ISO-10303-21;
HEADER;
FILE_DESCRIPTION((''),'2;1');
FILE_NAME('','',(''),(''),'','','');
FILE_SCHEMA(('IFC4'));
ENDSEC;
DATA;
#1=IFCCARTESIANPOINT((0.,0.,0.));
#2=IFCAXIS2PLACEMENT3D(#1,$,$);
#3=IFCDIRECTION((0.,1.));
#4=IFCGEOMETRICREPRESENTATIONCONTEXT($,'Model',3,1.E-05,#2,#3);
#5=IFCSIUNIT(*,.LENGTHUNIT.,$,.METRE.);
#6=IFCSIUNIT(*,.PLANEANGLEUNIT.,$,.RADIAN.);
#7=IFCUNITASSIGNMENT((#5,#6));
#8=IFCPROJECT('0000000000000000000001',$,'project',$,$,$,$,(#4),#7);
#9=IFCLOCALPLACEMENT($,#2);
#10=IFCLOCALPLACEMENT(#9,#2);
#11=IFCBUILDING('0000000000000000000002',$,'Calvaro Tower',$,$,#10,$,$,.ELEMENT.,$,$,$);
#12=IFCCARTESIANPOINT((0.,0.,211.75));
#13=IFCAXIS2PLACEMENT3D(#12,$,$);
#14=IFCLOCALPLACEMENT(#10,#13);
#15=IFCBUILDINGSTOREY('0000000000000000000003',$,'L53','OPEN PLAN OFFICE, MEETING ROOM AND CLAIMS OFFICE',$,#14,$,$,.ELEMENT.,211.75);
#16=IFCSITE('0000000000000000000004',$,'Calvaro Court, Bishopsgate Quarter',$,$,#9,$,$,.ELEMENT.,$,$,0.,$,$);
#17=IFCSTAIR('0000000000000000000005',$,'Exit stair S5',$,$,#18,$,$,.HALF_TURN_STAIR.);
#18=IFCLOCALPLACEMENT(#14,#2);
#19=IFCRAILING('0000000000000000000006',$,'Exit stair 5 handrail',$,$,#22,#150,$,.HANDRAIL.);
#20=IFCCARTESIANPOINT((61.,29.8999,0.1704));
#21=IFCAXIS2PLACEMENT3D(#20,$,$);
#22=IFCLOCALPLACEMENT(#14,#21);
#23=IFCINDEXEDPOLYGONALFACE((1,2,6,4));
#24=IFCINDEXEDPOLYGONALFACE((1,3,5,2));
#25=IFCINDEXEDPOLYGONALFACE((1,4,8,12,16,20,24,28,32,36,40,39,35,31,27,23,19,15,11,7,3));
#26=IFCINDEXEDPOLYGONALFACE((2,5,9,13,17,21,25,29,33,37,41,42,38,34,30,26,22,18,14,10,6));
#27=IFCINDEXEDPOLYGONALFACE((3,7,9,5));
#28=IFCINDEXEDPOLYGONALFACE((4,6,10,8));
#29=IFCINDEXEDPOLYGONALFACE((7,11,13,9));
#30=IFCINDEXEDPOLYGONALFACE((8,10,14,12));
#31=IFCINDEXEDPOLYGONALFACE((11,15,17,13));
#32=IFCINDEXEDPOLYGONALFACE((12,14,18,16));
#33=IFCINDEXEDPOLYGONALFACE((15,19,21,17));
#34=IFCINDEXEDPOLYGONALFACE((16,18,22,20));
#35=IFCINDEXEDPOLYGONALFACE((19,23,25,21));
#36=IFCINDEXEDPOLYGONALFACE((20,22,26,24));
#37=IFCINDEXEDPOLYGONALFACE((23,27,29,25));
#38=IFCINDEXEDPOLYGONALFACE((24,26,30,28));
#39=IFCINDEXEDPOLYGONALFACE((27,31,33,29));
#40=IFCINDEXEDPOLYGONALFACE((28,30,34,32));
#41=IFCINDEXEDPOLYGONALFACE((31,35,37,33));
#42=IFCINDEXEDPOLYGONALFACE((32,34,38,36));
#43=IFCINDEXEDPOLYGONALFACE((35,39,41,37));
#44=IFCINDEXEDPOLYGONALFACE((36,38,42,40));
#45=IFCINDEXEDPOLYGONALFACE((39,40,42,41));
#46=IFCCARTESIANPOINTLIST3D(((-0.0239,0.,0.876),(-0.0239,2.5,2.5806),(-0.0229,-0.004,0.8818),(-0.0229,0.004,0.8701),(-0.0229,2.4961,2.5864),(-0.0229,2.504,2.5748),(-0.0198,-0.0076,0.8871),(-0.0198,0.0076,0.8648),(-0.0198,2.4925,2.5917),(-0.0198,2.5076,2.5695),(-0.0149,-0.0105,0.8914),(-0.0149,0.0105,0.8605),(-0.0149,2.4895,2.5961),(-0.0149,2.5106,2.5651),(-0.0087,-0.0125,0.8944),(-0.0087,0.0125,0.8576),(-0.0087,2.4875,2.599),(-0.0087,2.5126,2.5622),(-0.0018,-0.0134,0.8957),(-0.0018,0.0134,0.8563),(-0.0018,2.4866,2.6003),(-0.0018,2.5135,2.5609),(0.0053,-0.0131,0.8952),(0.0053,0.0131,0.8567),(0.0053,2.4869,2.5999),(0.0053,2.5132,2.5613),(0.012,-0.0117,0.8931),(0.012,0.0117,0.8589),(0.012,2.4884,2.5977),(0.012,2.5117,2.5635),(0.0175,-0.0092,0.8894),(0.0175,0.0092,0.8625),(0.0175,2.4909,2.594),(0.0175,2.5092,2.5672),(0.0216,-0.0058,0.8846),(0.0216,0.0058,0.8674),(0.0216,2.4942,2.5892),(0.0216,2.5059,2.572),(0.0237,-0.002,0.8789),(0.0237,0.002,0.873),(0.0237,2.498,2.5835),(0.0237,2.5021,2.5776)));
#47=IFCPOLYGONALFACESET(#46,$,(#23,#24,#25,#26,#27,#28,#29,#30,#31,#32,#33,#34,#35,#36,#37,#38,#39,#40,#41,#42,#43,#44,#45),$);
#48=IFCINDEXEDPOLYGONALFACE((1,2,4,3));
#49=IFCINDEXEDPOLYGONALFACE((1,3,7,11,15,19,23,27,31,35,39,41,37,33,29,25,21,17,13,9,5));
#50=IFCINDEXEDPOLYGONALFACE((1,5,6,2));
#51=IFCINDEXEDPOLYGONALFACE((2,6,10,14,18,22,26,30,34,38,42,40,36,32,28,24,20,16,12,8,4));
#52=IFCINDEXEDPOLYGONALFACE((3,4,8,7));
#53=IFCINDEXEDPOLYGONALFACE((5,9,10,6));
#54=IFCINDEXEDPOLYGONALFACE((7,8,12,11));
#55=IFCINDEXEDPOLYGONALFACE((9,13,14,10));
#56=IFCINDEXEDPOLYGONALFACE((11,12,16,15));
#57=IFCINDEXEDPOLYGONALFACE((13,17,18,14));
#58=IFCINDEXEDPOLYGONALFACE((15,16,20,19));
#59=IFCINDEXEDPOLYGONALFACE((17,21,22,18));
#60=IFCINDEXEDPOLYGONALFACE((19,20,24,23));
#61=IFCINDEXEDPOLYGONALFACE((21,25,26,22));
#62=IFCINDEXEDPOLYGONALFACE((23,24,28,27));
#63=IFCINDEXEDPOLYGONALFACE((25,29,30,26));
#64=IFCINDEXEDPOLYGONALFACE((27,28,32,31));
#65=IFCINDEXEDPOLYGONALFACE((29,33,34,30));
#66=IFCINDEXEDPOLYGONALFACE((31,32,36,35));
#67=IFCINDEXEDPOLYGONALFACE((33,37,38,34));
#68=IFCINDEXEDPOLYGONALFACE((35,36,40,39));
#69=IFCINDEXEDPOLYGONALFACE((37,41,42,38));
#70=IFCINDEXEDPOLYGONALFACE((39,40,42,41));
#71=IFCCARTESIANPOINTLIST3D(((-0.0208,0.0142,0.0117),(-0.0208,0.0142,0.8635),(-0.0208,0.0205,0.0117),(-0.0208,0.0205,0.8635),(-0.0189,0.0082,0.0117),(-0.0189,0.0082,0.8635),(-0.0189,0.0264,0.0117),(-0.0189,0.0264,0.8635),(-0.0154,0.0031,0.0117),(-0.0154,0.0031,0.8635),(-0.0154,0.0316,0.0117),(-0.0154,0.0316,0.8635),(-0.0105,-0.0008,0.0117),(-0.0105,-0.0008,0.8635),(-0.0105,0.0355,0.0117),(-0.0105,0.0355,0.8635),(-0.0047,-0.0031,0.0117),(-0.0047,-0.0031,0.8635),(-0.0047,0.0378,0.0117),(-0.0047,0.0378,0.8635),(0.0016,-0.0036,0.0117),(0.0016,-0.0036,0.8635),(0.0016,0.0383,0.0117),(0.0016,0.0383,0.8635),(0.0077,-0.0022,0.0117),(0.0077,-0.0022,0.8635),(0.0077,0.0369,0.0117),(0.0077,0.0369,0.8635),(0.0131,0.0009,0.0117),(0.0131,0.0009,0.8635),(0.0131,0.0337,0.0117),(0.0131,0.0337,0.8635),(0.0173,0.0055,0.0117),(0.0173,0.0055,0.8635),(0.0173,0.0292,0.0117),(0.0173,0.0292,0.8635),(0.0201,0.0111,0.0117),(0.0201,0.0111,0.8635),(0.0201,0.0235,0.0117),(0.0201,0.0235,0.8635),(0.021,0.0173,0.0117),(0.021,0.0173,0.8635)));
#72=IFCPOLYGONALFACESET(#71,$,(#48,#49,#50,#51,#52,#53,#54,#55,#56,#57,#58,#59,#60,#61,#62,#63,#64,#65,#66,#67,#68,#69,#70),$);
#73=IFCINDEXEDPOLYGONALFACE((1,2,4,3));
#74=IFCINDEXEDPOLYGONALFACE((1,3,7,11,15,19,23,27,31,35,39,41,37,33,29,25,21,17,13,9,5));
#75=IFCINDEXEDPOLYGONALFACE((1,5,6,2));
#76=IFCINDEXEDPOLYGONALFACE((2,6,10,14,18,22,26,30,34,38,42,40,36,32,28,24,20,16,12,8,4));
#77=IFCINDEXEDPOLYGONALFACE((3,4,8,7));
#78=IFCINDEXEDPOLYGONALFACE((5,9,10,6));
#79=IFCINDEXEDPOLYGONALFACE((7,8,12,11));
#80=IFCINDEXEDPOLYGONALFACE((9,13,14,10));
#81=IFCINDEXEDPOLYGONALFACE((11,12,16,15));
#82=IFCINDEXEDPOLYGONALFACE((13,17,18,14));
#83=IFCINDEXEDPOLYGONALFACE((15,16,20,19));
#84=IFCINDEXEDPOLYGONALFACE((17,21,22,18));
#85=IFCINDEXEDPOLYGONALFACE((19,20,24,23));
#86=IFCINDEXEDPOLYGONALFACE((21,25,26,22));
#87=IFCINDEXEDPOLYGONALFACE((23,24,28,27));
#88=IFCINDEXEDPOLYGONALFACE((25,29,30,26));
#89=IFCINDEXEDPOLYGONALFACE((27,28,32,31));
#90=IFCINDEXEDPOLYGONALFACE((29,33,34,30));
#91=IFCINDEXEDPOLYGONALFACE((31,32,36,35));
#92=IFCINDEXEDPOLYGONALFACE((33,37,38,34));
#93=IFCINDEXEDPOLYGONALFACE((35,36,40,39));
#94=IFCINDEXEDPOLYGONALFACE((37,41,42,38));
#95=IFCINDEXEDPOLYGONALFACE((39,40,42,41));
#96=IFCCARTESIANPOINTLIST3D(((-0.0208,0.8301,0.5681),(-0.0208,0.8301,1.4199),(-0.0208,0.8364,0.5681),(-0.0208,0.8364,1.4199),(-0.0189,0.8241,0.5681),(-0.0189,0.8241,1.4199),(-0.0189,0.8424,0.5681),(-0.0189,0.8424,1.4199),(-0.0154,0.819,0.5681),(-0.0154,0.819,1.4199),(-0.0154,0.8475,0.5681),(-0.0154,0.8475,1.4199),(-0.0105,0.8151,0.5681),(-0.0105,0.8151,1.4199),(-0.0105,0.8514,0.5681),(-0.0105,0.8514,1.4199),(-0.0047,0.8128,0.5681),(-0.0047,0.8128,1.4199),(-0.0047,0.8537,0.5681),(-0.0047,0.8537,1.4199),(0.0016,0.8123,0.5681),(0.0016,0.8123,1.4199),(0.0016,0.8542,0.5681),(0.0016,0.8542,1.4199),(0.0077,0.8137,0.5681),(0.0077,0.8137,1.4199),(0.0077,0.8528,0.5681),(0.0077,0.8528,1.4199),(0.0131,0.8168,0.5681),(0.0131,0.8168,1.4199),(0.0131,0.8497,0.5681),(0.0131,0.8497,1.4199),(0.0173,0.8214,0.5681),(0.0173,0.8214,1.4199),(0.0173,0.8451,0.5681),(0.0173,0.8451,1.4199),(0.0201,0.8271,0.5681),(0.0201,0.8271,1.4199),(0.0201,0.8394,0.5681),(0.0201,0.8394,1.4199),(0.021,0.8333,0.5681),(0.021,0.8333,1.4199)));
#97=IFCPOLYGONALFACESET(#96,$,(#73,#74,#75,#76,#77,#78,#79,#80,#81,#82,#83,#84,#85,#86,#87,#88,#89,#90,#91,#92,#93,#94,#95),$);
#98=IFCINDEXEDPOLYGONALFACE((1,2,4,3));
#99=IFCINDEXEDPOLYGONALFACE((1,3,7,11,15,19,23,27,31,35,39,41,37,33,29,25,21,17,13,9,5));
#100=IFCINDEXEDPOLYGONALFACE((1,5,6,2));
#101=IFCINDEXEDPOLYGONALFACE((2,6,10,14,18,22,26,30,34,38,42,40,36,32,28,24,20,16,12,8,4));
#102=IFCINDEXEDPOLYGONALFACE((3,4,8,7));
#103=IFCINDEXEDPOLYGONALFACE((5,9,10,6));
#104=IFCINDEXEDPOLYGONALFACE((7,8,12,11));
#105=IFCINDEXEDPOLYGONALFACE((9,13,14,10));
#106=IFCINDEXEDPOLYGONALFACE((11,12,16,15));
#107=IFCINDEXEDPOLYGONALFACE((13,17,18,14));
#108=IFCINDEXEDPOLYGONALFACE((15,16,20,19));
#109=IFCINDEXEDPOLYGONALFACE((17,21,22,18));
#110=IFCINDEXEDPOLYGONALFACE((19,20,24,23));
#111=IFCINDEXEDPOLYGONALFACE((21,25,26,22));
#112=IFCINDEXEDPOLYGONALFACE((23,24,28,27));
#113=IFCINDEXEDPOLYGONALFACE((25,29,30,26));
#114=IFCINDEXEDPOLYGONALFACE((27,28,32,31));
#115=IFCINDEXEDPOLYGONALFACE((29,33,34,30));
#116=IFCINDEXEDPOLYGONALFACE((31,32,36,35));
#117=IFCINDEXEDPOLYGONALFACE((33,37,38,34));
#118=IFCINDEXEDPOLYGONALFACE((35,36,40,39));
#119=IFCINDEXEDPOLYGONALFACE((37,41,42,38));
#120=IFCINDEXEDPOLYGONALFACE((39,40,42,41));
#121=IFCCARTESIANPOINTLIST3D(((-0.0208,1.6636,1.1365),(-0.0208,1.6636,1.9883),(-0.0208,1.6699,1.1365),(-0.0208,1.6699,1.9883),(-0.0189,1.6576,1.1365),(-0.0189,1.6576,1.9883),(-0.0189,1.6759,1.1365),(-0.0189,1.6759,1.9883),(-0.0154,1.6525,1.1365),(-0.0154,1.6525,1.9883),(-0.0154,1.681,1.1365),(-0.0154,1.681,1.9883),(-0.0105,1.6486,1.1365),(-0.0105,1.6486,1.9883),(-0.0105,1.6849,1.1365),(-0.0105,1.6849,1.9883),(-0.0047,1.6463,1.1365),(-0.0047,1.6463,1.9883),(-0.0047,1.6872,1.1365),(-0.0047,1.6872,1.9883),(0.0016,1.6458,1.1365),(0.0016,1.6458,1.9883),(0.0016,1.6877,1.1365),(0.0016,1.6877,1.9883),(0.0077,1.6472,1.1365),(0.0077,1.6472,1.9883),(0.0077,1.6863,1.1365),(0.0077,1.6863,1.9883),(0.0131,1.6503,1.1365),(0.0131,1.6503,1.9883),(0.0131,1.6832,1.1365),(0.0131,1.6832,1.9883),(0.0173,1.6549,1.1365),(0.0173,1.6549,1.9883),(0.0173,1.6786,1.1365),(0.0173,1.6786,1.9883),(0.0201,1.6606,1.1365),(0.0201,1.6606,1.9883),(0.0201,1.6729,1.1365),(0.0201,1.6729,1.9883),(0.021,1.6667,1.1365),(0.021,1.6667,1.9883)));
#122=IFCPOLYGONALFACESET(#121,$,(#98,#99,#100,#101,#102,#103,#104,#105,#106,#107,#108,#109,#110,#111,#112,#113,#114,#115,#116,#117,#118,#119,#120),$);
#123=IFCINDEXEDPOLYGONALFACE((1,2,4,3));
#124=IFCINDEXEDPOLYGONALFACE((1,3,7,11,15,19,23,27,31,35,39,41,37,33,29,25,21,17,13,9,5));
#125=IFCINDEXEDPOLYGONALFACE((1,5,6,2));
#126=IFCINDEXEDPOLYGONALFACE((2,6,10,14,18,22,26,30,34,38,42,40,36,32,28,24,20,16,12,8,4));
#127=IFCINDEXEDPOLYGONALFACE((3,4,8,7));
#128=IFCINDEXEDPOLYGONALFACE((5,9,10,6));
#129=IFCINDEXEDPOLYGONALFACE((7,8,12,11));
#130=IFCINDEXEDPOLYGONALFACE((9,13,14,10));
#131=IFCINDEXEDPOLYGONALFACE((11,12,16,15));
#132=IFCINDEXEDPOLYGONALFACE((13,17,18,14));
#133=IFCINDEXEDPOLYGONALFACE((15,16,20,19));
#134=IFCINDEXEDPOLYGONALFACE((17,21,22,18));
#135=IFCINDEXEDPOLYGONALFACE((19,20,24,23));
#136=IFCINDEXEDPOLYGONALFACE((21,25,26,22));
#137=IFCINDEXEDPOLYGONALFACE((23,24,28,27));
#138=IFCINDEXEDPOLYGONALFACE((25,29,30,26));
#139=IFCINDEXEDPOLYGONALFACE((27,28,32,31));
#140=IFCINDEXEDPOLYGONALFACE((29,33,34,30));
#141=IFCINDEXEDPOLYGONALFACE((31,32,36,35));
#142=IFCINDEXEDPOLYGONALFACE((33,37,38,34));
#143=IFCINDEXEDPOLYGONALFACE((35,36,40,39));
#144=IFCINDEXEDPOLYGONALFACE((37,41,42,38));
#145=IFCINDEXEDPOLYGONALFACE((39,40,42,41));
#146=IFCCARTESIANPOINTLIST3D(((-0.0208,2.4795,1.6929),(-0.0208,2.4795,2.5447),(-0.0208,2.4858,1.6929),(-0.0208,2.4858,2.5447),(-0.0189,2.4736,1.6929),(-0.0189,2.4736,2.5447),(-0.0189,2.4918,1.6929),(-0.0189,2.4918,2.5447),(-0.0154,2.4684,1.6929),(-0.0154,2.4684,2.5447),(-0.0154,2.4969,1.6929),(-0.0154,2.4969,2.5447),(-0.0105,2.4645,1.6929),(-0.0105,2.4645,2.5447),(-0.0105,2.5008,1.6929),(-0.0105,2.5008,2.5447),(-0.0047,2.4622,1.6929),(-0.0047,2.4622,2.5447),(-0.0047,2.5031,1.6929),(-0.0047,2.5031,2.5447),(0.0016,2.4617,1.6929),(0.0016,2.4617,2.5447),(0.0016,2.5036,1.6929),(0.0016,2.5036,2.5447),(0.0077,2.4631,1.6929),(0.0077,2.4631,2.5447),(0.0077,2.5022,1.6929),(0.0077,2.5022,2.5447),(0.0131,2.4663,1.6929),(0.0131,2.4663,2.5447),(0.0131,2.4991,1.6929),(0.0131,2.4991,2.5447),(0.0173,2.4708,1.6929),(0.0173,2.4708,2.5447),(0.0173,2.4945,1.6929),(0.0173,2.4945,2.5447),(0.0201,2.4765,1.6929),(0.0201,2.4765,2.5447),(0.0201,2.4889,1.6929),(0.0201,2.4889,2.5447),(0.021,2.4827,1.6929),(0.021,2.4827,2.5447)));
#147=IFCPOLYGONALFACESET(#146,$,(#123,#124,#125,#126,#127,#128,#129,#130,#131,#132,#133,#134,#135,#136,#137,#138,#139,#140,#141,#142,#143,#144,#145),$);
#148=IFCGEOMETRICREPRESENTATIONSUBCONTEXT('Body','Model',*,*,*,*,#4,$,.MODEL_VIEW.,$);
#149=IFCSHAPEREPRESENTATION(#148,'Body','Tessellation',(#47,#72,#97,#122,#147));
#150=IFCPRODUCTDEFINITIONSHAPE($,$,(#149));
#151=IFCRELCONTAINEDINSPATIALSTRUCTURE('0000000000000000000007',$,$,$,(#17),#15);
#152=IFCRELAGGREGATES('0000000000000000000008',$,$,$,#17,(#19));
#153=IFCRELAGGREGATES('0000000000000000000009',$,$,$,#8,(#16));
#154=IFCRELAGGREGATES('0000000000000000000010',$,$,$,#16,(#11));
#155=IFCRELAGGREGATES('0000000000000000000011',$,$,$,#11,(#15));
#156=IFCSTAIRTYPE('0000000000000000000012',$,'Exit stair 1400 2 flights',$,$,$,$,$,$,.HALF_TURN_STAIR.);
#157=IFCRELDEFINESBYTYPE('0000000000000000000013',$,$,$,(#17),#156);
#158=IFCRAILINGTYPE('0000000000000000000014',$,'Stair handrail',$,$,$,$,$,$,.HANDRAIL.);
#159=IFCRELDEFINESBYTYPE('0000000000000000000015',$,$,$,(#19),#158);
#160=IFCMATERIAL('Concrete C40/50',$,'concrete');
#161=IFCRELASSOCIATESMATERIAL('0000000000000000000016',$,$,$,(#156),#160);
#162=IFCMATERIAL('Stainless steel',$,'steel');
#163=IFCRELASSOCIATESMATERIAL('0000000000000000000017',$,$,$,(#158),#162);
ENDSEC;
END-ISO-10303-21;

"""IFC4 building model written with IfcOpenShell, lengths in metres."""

from ifc_helpers import new_model, si_unit, direction, frame, origin, origin_2d, place, context, subcontext, project, spatial, circle, extrude, material, type_object, element, aggregate, save


model = new_model("IFC4")

# Units and contexts
model_context = context("Model", 3, precision=1e-05, world=origin(), true_north=direction((0.0, 1.0)))
body_context = subcontext(model_context, "Body", "Model", "MODEL_VIEW")
ifc_project = project(units=[si_unit("LENGTHUNIT", "METRE"), si_unit("PLANEANGLEUNIT", "RADIAN")], contexts=[model_context])

# Site, building, storey
site_placement = place(None, origin())
site = spatial("IfcSite", under=ifc_project, at=site_placement, Name="Calvaro Court, Bishopsgate Quarter", CompositionType="ELEMENT", RefElevation=0.0)
building_placement = place(site_placement, origin())
building = spatial("IfcBuilding", under=site, at=building_placement, Name="Calvaro Tower", CompositionType="ELEMENT")
storey_placement = place(building_placement, frame((0.0, 0.0, 211.75)))
storey = spatial("IfcBuildingStorey", under=building, at=storey_placement, Name="L53", Description="OPEN PLAN OFFICE, MEETING ROOM AND CLAIMS OFFICE", CompositionType="ELEMENT", Elevation=211.75)

# Stair
ifc_material_1 = material(Name="Concrete C40/50", Category="concrete")
stair_type = type_object("IfcStairType", Name="Exit stair 1400 2 flights", PredefinedType="HALF_TURN_STAIR", material=ifc_material_1)
stair_1_placement = place(storey_placement, origin())
stair_1 = element("IfcStair", 1, at=stair_1_placement, inside=storey, type_object=stair_type, Name="Exit stair S5", PredefinedType="HALF_TURN_STAIR")

# Railing
ifc_material_2 = material(Name="Stainless steel", Category="steel")
railing_type = type_object("IfcRailingType", Name="Stair handrail", PredefinedType="HANDRAIL", material=ifc_material_2)
railing_1_placement = place(storey_placement, frame((61.0, 29.8999, 0.1704)))
railing_1 = element("IfcRailing", 2, at=railing_1_placement, type_object=railing_type, Name="Exit stair 5 handrail", PredefinedType="HANDRAIL", context=body_context, shape_type="SweptSolid", body=[
    extrude(circle(Radius=0.0239, at=origin_2d()), frame((0.0, 0.0, 0.876), z_axis=(0.0, 0.826221, 0.563347), x_axis=(-1.0, 0.0, 0.0)), (0.0, 0.0, 1.0), 3.0259),
    extrude(circle(Radius=0.021, at=origin_2d()), frame((0.0, 0.0173, 0.0117)), (0.0, 0.0, 1.0), 0.8518),
    extrude(circle(Radius=0.021, at=origin_2d()), frame((0.0, 0.8333, 0.5681)), (0.0, 0.0, 1.0), 0.8518),
    extrude(circle(Radius=0.021, at=origin_2d()), frame((0.0, 1.6667, 1.1365)), (0.0, 0.0, 1.0), 0.8518),
    extrude(circle(Radius=0.021, at=origin_2d()), frame((0.0, 2.4827, 1.6929)), (0.0, 0.0, 1.0), 0.8518),
])
aggregate(stair_1, [railing_1])

save(model, "model.ifc")
